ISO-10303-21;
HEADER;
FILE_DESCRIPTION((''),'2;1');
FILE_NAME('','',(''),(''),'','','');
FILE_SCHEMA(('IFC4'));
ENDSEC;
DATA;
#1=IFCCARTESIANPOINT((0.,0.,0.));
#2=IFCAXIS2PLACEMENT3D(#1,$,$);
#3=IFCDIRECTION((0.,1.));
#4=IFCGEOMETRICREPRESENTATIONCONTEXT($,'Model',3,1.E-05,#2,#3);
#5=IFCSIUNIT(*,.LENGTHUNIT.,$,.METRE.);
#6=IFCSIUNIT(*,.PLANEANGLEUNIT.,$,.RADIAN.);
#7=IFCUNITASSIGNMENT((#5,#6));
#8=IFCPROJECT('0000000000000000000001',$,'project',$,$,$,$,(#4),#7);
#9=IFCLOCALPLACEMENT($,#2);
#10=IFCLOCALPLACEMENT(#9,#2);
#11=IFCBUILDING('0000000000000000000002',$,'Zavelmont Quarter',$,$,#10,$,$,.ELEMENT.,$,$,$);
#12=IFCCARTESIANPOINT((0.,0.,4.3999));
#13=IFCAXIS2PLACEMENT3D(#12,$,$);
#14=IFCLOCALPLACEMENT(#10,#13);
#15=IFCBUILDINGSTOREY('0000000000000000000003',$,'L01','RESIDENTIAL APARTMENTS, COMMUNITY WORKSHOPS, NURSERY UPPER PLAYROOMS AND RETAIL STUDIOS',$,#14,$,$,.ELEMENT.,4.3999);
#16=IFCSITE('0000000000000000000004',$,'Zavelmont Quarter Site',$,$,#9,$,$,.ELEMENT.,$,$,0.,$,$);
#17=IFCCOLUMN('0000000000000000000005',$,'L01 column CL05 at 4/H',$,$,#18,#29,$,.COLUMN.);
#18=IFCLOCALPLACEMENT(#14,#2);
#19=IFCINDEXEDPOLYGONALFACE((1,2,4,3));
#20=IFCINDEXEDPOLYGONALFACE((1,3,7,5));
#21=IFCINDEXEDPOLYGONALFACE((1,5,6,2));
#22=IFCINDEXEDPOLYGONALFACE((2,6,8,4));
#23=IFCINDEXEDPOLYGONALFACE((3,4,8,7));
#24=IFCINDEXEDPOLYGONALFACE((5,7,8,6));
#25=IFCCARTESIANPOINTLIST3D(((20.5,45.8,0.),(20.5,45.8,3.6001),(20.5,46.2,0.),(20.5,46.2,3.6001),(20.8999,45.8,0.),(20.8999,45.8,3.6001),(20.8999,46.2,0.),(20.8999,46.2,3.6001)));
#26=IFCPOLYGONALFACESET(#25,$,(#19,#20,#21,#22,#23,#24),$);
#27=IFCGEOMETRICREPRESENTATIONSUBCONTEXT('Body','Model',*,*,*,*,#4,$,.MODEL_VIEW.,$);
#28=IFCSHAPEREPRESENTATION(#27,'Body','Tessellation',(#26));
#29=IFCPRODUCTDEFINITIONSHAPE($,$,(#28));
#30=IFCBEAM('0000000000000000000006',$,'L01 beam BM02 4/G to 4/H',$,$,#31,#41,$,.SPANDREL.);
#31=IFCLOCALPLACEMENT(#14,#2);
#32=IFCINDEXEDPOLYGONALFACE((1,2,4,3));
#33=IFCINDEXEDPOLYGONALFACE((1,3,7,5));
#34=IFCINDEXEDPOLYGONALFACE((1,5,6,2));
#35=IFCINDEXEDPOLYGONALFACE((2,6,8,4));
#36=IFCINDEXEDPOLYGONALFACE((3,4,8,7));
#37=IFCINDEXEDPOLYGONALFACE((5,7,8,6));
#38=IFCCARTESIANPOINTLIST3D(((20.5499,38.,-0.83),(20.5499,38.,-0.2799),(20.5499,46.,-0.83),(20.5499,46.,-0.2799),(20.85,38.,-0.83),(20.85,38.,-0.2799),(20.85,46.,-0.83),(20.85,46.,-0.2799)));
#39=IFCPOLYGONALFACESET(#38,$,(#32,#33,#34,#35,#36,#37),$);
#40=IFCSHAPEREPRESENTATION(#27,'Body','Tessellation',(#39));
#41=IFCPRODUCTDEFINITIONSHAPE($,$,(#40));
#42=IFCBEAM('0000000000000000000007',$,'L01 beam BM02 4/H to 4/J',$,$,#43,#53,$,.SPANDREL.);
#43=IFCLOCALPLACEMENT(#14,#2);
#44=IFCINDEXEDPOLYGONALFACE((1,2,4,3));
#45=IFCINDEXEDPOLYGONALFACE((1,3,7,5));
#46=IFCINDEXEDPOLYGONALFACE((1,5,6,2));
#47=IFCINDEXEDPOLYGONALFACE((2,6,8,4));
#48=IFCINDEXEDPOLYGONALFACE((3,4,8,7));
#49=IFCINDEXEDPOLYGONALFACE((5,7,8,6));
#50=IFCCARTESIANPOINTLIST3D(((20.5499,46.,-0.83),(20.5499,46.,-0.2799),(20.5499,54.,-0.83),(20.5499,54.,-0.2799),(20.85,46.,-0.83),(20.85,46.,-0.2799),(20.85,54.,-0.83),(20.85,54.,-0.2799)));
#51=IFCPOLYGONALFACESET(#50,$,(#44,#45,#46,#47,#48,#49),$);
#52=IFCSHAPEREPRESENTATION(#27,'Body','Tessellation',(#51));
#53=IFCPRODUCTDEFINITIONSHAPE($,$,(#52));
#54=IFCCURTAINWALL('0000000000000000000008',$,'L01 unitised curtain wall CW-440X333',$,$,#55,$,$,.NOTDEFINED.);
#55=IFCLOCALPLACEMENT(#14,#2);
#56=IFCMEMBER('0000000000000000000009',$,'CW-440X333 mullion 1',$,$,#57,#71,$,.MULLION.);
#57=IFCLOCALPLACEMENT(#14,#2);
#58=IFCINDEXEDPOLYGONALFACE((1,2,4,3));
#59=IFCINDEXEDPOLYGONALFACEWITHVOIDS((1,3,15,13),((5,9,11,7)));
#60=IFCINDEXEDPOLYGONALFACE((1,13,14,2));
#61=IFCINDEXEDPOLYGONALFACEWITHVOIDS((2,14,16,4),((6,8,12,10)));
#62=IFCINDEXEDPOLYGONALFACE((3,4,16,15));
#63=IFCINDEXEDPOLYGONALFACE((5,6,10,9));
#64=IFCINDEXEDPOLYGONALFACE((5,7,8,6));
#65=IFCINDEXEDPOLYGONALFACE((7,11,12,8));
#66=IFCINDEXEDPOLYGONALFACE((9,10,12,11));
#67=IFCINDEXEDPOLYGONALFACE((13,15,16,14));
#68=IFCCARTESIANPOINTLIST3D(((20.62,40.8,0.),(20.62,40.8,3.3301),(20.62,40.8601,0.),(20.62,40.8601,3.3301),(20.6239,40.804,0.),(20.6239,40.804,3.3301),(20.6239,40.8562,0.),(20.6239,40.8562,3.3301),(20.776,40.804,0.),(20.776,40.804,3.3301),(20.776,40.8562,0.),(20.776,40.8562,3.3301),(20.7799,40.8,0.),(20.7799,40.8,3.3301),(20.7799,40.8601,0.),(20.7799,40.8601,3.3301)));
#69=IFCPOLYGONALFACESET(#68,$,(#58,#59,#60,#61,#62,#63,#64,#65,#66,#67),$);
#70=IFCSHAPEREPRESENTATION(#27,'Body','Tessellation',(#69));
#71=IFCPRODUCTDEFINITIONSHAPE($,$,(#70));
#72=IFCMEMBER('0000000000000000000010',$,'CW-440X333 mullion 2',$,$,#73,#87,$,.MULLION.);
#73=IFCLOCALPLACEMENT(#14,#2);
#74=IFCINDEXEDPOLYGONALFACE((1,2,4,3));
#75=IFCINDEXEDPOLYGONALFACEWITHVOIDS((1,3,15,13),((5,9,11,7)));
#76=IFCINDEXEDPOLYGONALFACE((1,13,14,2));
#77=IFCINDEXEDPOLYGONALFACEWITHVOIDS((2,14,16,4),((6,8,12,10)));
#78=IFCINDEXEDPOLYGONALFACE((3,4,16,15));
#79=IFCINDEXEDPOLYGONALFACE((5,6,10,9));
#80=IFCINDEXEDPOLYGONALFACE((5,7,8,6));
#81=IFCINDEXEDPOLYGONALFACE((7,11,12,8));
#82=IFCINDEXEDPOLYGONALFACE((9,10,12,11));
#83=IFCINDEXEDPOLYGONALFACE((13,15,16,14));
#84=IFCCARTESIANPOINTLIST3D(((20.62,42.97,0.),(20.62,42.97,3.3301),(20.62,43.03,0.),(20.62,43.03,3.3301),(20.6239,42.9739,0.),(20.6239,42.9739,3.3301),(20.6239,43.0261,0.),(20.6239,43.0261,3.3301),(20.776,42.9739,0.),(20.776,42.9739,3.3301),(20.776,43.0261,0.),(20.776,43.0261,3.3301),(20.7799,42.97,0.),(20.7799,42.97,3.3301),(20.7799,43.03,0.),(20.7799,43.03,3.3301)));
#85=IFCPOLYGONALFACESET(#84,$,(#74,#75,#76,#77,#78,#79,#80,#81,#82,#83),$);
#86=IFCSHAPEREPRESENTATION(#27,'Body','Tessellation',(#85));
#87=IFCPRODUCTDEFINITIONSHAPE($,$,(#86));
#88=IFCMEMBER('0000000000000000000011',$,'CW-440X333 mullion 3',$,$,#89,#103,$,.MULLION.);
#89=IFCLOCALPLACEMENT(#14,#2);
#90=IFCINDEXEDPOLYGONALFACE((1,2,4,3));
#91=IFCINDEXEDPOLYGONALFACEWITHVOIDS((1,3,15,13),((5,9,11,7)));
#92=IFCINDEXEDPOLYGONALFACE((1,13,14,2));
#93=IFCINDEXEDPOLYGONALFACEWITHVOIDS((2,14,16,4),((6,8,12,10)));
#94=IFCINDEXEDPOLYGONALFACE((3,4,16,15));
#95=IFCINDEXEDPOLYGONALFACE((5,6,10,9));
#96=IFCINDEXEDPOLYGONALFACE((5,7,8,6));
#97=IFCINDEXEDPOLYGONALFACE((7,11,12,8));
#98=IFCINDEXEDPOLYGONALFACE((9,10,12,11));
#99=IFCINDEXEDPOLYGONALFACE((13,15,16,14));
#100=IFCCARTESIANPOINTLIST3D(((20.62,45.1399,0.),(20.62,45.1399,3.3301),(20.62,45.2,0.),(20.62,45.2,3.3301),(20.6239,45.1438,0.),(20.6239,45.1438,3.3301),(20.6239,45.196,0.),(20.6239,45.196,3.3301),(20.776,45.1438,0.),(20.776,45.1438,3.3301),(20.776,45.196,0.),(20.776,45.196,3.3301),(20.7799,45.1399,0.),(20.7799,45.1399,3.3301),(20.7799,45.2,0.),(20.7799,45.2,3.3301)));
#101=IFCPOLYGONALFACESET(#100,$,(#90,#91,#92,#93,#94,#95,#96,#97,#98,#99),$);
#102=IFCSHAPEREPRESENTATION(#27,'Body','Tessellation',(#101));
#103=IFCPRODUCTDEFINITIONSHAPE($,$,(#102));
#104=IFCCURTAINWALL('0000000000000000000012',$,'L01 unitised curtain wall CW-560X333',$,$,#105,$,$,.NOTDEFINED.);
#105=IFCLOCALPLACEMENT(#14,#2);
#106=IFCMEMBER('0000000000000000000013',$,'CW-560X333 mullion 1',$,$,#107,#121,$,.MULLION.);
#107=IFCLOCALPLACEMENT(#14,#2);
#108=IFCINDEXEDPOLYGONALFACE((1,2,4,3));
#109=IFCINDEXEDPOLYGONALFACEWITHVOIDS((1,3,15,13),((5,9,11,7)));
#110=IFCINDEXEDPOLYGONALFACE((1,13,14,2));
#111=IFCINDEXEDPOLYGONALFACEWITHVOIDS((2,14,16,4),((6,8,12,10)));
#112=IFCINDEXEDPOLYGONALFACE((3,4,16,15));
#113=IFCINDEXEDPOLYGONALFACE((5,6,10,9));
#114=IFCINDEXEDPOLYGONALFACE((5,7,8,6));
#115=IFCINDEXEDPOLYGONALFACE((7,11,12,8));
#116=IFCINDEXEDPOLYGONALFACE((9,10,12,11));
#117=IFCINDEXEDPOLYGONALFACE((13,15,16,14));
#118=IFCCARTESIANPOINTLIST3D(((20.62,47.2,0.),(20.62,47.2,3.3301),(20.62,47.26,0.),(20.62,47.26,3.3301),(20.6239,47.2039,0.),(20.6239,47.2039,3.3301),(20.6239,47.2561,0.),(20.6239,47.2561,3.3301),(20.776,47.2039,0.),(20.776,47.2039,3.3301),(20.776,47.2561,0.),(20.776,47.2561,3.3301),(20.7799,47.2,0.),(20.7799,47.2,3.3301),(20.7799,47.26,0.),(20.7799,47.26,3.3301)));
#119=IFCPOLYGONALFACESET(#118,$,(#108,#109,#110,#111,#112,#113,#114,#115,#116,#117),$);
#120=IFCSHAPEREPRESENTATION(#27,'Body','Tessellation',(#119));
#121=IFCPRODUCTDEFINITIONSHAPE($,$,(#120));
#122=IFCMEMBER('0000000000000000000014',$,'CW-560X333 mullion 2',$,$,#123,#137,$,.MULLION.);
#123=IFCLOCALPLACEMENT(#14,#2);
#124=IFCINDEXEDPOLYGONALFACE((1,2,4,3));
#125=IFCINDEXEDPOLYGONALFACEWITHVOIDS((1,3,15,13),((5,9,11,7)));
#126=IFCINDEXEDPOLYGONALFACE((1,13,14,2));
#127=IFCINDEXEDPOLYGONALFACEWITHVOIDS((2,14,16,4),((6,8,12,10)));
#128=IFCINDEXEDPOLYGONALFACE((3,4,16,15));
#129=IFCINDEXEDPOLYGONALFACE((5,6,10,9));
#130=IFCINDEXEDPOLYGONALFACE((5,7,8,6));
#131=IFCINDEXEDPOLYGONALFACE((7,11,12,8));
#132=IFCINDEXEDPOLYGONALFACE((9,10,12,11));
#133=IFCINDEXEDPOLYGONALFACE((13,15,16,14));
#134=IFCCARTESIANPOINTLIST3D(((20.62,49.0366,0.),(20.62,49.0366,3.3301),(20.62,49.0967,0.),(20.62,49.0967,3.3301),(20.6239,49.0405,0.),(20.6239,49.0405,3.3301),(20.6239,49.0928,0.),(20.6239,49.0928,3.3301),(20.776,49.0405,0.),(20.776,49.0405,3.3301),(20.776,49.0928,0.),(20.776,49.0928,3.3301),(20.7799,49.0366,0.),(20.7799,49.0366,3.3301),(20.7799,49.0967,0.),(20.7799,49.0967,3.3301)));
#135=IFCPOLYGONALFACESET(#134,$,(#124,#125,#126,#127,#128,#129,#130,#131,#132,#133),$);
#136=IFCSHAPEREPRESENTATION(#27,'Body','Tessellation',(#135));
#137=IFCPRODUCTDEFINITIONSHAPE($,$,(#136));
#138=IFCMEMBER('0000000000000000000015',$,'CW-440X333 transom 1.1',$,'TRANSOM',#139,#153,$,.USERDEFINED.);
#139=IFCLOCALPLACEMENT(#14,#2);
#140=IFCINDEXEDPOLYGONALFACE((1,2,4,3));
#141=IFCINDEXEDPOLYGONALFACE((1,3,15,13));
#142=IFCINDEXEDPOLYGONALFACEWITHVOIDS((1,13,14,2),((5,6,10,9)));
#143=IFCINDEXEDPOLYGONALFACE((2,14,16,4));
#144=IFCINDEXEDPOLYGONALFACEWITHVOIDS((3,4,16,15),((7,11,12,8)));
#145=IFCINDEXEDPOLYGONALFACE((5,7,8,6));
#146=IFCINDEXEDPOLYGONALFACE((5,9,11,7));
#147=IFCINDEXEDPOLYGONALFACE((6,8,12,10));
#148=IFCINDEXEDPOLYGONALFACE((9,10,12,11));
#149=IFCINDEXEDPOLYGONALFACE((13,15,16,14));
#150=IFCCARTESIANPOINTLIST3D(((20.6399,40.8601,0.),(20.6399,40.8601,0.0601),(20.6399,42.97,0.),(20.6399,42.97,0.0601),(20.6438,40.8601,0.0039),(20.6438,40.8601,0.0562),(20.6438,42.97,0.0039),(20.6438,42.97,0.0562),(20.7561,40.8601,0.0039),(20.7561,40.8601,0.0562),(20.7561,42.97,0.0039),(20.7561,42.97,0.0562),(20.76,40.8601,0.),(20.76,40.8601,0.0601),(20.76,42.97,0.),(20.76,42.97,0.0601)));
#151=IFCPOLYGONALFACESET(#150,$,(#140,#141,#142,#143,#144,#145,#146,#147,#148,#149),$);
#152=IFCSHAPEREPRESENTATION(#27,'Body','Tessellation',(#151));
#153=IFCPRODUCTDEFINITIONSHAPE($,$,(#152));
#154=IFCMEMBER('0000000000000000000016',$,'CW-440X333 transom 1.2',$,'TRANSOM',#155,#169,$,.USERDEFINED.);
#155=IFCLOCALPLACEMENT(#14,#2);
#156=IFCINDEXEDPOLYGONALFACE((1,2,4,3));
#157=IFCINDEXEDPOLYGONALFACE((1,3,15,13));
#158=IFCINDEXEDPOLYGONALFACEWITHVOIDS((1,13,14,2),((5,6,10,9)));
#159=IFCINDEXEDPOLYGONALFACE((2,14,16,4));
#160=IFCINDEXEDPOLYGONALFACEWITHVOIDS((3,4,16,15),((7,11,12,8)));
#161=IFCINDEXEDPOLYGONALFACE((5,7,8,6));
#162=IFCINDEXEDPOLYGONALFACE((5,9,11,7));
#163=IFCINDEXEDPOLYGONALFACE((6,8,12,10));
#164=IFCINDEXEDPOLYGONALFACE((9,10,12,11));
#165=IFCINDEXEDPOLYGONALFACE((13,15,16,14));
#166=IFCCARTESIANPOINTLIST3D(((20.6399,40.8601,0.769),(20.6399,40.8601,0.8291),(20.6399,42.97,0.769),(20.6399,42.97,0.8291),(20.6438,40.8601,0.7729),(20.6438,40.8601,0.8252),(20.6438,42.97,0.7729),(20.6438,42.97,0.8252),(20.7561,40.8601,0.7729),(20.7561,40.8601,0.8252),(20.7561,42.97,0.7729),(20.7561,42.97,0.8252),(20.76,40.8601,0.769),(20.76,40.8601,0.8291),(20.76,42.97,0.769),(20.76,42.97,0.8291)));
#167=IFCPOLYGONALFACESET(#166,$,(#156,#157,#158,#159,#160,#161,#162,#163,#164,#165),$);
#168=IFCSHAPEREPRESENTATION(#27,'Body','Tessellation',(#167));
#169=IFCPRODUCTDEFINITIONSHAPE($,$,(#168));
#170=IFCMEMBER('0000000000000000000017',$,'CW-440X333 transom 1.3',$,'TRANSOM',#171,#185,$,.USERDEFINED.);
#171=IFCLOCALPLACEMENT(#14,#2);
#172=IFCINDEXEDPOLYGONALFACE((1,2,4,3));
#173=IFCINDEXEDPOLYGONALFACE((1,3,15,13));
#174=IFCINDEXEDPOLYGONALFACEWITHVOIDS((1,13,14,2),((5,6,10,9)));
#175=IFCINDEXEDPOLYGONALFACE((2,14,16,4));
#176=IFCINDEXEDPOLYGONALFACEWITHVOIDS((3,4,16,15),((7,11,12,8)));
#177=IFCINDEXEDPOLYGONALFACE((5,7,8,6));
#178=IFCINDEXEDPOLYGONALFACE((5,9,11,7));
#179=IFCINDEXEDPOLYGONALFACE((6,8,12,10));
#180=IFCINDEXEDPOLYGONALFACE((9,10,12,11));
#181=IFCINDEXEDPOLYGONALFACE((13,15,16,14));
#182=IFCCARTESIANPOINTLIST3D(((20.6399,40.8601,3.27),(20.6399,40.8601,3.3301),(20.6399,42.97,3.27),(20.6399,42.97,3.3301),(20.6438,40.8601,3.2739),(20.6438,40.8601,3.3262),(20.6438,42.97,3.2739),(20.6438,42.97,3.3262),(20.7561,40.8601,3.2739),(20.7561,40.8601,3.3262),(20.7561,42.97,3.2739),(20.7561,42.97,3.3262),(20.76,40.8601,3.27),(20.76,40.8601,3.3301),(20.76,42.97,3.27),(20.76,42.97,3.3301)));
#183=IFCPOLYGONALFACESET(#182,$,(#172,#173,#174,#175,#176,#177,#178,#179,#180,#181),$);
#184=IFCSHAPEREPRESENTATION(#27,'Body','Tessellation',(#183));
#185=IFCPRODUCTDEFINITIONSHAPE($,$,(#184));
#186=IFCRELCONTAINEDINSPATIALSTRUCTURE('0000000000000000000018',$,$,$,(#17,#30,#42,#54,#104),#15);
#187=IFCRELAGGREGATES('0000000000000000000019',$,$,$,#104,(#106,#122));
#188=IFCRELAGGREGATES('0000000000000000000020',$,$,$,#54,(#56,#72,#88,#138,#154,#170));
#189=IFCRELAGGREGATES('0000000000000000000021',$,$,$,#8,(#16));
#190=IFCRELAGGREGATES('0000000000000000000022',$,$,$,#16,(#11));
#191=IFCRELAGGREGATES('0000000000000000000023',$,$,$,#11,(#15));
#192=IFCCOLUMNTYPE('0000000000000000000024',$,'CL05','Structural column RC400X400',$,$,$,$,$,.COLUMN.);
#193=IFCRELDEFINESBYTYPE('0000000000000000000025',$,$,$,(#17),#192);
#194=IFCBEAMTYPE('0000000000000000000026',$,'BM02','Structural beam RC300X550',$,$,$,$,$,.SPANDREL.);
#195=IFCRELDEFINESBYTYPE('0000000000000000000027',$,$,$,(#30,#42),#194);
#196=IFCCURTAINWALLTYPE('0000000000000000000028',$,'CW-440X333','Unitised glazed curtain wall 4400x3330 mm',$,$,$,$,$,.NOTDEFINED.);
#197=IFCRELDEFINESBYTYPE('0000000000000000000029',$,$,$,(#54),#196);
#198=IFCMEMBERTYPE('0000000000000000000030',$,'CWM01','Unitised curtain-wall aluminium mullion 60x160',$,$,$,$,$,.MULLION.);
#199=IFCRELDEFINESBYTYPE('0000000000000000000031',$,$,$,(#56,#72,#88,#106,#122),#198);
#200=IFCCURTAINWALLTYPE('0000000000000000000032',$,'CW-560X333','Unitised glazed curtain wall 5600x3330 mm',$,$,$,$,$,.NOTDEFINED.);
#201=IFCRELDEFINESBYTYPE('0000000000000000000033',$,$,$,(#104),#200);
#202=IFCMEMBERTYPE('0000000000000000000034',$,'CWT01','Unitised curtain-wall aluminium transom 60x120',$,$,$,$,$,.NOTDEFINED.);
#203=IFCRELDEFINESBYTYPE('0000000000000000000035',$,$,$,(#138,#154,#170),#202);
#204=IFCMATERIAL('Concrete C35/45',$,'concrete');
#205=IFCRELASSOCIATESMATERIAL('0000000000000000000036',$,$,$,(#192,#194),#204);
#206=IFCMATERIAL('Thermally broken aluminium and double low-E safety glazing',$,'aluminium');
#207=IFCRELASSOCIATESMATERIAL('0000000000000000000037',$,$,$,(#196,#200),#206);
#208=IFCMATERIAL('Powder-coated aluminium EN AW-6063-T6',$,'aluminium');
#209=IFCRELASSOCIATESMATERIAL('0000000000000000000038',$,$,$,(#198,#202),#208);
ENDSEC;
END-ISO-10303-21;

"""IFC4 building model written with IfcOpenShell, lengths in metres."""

from ifc_helpers import new_model, si_unit, direction, frame, origin, origin_2d, place, context, subcontext, project, spatial, rectangle, hollow_rectangle, extrude, material, material_profile, profile_set, type_object, element, aggregate, save


model = new_model("IFC4")

# Units and contexts
model_context = context("Model", 3, precision=1e-05, world=origin(), true_north=direction((0.0, 1.0)))
body_context = subcontext(model_context, "Body", "Model", "MODEL_VIEW")
ifc_project = project(units=[si_unit("LENGTHUNIT", "METRE"), si_unit("PLANEANGLEUNIT", "RADIAN")], contexts=[model_context])

# Site, building, storey
site_placement = place(None, origin())
site = spatial("IfcSite", under=ifc_project, at=site_placement, Name="Zavelmont Quarter Site", CompositionType="ELEMENT", RefElevation=0.0)
building_placement = place(site_placement, origin())
building = spatial("IfcBuilding", under=site, at=building_placement, Name="Zavelmont Quarter", CompositionType="ELEMENT")
storey_placement = place(building_placement, frame((0.0, 0.0, 4.3999)))
storey = spatial("IfcBuildingStorey", under=building, at=storey_placement, Name="L01", Description="RESIDENTIAL APARTMENTS, COMMUNITY WORKSHOPS, NURSERY UPPER PLAYROOMS AND RETAIL STUDIOS", CompositionType="ELEMENT", Elevation=4.3999)

# Column
ifc_material_1 = material(Name="Concrete C35/45", Category="concrete")
ifc_material_profile_1 = material_profile(ifc_material_1, rectangle(XDim=0.3999, YDim=0.3999, at=origin_2d()), Name="RC400X400")
ifc_profile_set_1 = profile_set([ifc_material_profile_1], Name="Concrete C35/45")
column_type = type_object("IfcColumnType", Name="CL05", Description="Structural column RC400X400", PredefinedType="COLUMN", material=ifc_profile_set_1)
column_placement = place(storey_placement, frame((20.7, 46.0, 0.0), z_axis=(0.0, 0.0, 1.0), x_axis=(1.0, 0.0, 0.0)))
element("IfcColumn", 1, at=column_placement, inside=storey, type_object=column_type, Name="L01 column CL05 at 4/H", PredefinedType="COLUMN", context=body_context, shape_type="SweptSolid", body=[
    extrude(rectangle(XDim=0.3999, YDim=0.3999, at=origin_2d()), origin(), (0.0, 0.0, 1.0), 3.6001),
])

# Beams
ifc_material_profile_2 = material_profile(ifc_material_1, rectangle(XDim=0.3, YDim=0.55, at=origin_2d()), Name="RC300X550")
ifc_profile_set_2 = profile_set([ifc_material_profile_2], Name="Concrete C35/45")
beam_type = type_object("IfcBeamType", Name="BM02", Description="Structural beam RC300X550", PredefinedType="SPANDREL", material=ifc_profile_set_2)
for number, where, z_axis, x_axis, name in (
    (2, (20.7, 38.0, -0.5549), (0.0, 1.0, 0.0), (-1.0, 0.0, 0.0), "L01 beam BM02 4/G to 4/H"),
    (3, (20.7, 46.0, -0.5549), (0.0, 1.0, 0.0), (-1.0, 0.0, 0.0), "L01 beam BM02 4/H to 4/J"),
):
    element("IfcBeam", number, at=place(storey_placement, frame(where, z_axis=z_axis, x_axis=x_axis)), inside=storey, type_object=beam_type, Name=name, PredefinedType="SPANDREL", context=body_context, shape_type="SweptSolid", body=[
        extrude(rectangle(XDim=0.3, YDim=0.55, at=origin_2d()), origin(), (0.0, 0.0, 1.0), 8.0),
    ])

# Curtain walls, members
ifc_material_2 = material(Name="Thermally broken aluminium and double low-E safety glazing", Category="aluminium")
curtain_wall_type_1 = type_object("IfcCurtainWallType", Name="CW-440X333", Description="Unitised glazed curtain wall 4400x3330 mm", PredefinedType="NOTDEFINED", material=ifc_material_2)
curtain_wall_1_placement = place(storey_placement, origin())
curtain_wall_1 = element("IfcCurtainWall", 4, at=curtain_wall_1_placement, inside=storey, type_object=curtain_wall_type_1, Name="L01 unitised curtain wall CW-440X333", PredefinedType="NOTDEFINED")
ifc_material_3 = material(Name="Powder-coated aluminium EN AW-6063-T6", Category="aluminium")
ifc_material_profile_3 = material_profile(ifc_material_3, hollow_rectangle(XDim=0.0601, YDim=0.1599, WallThickness=0.0039, at=origin_2d()), Name="CWM60X160")
ifc_profile_set_3 = profile_set([ifc_material_profile_3], Name="Powder-coated aluminium EN AW-6063-T6")
member_type_1 = type_object("IfcMemberType", Name="CWM01", Description="Unitised curtain-wall aluminium mullion 60x160", PredefinedType="MULLION", material=ifc_profile_set_3)
member_1_placement = place(storey_placement, frame((20.7, 40.8301, 0.0), z_axis=(0.0, 0.0, 1.0), x_axis=(0.0, 1.0, 0.0)))
member_1 = element("IfcMember", 5, at=member_1_placement, type_object=member_type_1, Name="CW-440X333 mullion 1", PredefinedType="MULLION", context=body_context, shape_type="SweptSolid", body=[
    extrude(hollow_rectangle(XDim=0.0601, YDim=0.1599, WallThickness=0.0039, at=origin_2d()), origin(), (0.0, 0.0, 1.0), 3.3301),
])
member_2_placement = place(storey_placement, frame((20.7, 43.0, 0.0), z_axis=(0.0, 0.0, 1.0), x_axis=(0.0, 1.0, 0.0)))
member_2 = element("IfcMember", 6, at=member_2_placement, type_object=member_type_1, Name="CW-440X333 mullion 2", PredefinedType="MULLION", context=body_context, shape_type="SweptSolid", body=[
    extrude(hollow_rectangle(XDim=0.0601, YDim=0.1599, WallThickness=0.0039, at=origin_2d()), origin(), (0.0, 0.0, 1.0), 3.3301),
])
member_3_placement = place(storey_placement, frame((20.7, 45.1699, 0.0), z_axis=(0.0, 0.0, 1.0), x_axis=(0.0, 1.0, 0.0)))
member_3 = element("IfcMember", 7, at=member_3_placement, type_object=member_type_1, Name="CW-440X333 mullion 3", PredefinedType="MULLION", context=body_context, shape_type="SweptSolid", body=[
    extrude(hollow_rectangle(XDim=0.0601, YDim=0.1599, WallThickness=0.0039, at=origin_2d()), origin(), (0.0, 0.0, 1.0), 3.3301),
])
curtain_wall_type_2 = type_object("IfcCurtainWallType", Name="CW-560X333", Description="Unitised glazed curtain wall 5600x3330 mm", PredefinedType="NOTDEFINED", material=ifc_material_2)
curtain_wall_2_placement = place(storey_placement, origin())
curtain_wall_2 = element("IfcCurtainWall", 8, at=curtain_wall_2_placement, inside=storey, type_object=curtain_wall_type_2, Name="L01 unitised curtain wall CW-560X333", PredefinedType="NOTDEFINED")
member_4_placement = place(storey_placement, frame((20.7, 47.23, 0.0), z_axis=(0.0, 0.0, 1.0), x_axis=(0.0, 1.0, 0.0)))
member_4 = element("IfcMember", 9, at=member_4_placement, type_object=member_type_1, Name="CW-560X333 mullion 1", PredefinedType="MULLION", context=body_context, shape_type="SweptSolid", body=[
    extrude(hollow_rectangle(XDim=0.0601, YDim=0.1599, WallThickness=0.0039, at=origin_2d()), origin(), (0.0, 0.0, 1.0), 3.3301),
])
member_5_placement = place(storey_placement, frame((20.7, 49.0667, 0.0), z_axis=(0.0, 0.0, 1.0), x_axis=(0.0, 1.0, 0.0)))
member_5 = element("IfcMember", 10, at=member_5_placement, type_object=member_type_1, Name="CW-560X333 mullion 2", PredefinedType="MULLION", context=body_context, shape_type="SweptSolid", body=[
    extrude(hollow_rectangle(XDim=0.0601, YDim=0.1599, WallThickness=0.0039, at=origin_2d()), origin(), (0.0, 0.0, 1.0), 3.3301),
])

# Members
ifc_material_profile_4 = material_profile(ifc_material_3, hollow_rectangle(XDim=0.1201, YDim=0.0601, WallThickness=0.0039, at=origin_2d()), Name="CWT60X120")
ifc_profile_set_4 = profile_set([ifc_material_profile_4], Name="Powder-coated aluminium EN AW-6063-T6")
member_type_2 = type_object("IfcMemberType", Name="CWT01", Description="Unitised curtain-wall aluminium transom 60x120", PredefinedType="NOTDEFINED", material=ifc_profile_set_4)
member_6_placement = place(storey_placement, frame((20.7, 40.8601, 0.03), z_axis=(0.0, 1.0, 0.0), x_axis=(-1.0, 0.0, 0.0)))
member_6 = element("IfcMember", 11, at=member_6_placement, type_object=member_type_2, Name="CW-440X333 transom 1.1", ObjectType="TRANSOM", PredefinedType="USERDEFINED", context=body_context, shape_type="SweptSolid", body=[
    extrude(hollow_rectangle(XDim=0.1201, YDim=0.0601, WallThickness=0.0039, at=origin_2d()), origin(), (0.0, 0.0, 1.0), 2.1099),
])
member_7_placement = place(storey_placement, frame((20.7, 40.8601, 0.7991), z_axis=(0.0, 1.0, 0.0), x_axis=(-1.0, 0.0, 0.0)))
member_7 = element("IfcMember", 12, at=member_7_placement, type_object=member_type_2, Name="CW-440X333 transom 1.2", ObjectType="TRANSOM", PredefinedType="USERDEFINED", context=body_context, shape_type="SweptSolid", body=[
    extrude(hollow_rectangle(XDim=0.1201, YDim=0.0601, WallThickness=0.0039, at=origin_2d()), origin(), (0.0, 0.0, 1.0), 2.1099),
])
member_8_placement = place(storey_placement, frame((20.7, 40.8601, 3.3), z_axis=(0.0, 1.0, 0.0), x_axis=(-1.0, 0.0, 0.0)))
member_8 = element("IfcMember", 13, at=member_8_placement, type_object=member_type_2, Name="CW-440X333 transom 1.3", ObjectType="TRANSOM", PredefinedType="USERDEFINED", context=body_context, shape_type="SweptSolid", body=[
    extrude(hollow_rectangle(XDim=0.1201, YDim=0.0601, WallThickness=0.0039, at=origin_2d()), origin(), (0.0, 0.0, 1.0), 2.1099),
])

aggregate(curtain_wall_2, [member_4, member_5])
aggregate(curtain_wall_1, [member_1, member_2, member_3, member_6, member_7, member_8])

save(model, "model.ifc")
